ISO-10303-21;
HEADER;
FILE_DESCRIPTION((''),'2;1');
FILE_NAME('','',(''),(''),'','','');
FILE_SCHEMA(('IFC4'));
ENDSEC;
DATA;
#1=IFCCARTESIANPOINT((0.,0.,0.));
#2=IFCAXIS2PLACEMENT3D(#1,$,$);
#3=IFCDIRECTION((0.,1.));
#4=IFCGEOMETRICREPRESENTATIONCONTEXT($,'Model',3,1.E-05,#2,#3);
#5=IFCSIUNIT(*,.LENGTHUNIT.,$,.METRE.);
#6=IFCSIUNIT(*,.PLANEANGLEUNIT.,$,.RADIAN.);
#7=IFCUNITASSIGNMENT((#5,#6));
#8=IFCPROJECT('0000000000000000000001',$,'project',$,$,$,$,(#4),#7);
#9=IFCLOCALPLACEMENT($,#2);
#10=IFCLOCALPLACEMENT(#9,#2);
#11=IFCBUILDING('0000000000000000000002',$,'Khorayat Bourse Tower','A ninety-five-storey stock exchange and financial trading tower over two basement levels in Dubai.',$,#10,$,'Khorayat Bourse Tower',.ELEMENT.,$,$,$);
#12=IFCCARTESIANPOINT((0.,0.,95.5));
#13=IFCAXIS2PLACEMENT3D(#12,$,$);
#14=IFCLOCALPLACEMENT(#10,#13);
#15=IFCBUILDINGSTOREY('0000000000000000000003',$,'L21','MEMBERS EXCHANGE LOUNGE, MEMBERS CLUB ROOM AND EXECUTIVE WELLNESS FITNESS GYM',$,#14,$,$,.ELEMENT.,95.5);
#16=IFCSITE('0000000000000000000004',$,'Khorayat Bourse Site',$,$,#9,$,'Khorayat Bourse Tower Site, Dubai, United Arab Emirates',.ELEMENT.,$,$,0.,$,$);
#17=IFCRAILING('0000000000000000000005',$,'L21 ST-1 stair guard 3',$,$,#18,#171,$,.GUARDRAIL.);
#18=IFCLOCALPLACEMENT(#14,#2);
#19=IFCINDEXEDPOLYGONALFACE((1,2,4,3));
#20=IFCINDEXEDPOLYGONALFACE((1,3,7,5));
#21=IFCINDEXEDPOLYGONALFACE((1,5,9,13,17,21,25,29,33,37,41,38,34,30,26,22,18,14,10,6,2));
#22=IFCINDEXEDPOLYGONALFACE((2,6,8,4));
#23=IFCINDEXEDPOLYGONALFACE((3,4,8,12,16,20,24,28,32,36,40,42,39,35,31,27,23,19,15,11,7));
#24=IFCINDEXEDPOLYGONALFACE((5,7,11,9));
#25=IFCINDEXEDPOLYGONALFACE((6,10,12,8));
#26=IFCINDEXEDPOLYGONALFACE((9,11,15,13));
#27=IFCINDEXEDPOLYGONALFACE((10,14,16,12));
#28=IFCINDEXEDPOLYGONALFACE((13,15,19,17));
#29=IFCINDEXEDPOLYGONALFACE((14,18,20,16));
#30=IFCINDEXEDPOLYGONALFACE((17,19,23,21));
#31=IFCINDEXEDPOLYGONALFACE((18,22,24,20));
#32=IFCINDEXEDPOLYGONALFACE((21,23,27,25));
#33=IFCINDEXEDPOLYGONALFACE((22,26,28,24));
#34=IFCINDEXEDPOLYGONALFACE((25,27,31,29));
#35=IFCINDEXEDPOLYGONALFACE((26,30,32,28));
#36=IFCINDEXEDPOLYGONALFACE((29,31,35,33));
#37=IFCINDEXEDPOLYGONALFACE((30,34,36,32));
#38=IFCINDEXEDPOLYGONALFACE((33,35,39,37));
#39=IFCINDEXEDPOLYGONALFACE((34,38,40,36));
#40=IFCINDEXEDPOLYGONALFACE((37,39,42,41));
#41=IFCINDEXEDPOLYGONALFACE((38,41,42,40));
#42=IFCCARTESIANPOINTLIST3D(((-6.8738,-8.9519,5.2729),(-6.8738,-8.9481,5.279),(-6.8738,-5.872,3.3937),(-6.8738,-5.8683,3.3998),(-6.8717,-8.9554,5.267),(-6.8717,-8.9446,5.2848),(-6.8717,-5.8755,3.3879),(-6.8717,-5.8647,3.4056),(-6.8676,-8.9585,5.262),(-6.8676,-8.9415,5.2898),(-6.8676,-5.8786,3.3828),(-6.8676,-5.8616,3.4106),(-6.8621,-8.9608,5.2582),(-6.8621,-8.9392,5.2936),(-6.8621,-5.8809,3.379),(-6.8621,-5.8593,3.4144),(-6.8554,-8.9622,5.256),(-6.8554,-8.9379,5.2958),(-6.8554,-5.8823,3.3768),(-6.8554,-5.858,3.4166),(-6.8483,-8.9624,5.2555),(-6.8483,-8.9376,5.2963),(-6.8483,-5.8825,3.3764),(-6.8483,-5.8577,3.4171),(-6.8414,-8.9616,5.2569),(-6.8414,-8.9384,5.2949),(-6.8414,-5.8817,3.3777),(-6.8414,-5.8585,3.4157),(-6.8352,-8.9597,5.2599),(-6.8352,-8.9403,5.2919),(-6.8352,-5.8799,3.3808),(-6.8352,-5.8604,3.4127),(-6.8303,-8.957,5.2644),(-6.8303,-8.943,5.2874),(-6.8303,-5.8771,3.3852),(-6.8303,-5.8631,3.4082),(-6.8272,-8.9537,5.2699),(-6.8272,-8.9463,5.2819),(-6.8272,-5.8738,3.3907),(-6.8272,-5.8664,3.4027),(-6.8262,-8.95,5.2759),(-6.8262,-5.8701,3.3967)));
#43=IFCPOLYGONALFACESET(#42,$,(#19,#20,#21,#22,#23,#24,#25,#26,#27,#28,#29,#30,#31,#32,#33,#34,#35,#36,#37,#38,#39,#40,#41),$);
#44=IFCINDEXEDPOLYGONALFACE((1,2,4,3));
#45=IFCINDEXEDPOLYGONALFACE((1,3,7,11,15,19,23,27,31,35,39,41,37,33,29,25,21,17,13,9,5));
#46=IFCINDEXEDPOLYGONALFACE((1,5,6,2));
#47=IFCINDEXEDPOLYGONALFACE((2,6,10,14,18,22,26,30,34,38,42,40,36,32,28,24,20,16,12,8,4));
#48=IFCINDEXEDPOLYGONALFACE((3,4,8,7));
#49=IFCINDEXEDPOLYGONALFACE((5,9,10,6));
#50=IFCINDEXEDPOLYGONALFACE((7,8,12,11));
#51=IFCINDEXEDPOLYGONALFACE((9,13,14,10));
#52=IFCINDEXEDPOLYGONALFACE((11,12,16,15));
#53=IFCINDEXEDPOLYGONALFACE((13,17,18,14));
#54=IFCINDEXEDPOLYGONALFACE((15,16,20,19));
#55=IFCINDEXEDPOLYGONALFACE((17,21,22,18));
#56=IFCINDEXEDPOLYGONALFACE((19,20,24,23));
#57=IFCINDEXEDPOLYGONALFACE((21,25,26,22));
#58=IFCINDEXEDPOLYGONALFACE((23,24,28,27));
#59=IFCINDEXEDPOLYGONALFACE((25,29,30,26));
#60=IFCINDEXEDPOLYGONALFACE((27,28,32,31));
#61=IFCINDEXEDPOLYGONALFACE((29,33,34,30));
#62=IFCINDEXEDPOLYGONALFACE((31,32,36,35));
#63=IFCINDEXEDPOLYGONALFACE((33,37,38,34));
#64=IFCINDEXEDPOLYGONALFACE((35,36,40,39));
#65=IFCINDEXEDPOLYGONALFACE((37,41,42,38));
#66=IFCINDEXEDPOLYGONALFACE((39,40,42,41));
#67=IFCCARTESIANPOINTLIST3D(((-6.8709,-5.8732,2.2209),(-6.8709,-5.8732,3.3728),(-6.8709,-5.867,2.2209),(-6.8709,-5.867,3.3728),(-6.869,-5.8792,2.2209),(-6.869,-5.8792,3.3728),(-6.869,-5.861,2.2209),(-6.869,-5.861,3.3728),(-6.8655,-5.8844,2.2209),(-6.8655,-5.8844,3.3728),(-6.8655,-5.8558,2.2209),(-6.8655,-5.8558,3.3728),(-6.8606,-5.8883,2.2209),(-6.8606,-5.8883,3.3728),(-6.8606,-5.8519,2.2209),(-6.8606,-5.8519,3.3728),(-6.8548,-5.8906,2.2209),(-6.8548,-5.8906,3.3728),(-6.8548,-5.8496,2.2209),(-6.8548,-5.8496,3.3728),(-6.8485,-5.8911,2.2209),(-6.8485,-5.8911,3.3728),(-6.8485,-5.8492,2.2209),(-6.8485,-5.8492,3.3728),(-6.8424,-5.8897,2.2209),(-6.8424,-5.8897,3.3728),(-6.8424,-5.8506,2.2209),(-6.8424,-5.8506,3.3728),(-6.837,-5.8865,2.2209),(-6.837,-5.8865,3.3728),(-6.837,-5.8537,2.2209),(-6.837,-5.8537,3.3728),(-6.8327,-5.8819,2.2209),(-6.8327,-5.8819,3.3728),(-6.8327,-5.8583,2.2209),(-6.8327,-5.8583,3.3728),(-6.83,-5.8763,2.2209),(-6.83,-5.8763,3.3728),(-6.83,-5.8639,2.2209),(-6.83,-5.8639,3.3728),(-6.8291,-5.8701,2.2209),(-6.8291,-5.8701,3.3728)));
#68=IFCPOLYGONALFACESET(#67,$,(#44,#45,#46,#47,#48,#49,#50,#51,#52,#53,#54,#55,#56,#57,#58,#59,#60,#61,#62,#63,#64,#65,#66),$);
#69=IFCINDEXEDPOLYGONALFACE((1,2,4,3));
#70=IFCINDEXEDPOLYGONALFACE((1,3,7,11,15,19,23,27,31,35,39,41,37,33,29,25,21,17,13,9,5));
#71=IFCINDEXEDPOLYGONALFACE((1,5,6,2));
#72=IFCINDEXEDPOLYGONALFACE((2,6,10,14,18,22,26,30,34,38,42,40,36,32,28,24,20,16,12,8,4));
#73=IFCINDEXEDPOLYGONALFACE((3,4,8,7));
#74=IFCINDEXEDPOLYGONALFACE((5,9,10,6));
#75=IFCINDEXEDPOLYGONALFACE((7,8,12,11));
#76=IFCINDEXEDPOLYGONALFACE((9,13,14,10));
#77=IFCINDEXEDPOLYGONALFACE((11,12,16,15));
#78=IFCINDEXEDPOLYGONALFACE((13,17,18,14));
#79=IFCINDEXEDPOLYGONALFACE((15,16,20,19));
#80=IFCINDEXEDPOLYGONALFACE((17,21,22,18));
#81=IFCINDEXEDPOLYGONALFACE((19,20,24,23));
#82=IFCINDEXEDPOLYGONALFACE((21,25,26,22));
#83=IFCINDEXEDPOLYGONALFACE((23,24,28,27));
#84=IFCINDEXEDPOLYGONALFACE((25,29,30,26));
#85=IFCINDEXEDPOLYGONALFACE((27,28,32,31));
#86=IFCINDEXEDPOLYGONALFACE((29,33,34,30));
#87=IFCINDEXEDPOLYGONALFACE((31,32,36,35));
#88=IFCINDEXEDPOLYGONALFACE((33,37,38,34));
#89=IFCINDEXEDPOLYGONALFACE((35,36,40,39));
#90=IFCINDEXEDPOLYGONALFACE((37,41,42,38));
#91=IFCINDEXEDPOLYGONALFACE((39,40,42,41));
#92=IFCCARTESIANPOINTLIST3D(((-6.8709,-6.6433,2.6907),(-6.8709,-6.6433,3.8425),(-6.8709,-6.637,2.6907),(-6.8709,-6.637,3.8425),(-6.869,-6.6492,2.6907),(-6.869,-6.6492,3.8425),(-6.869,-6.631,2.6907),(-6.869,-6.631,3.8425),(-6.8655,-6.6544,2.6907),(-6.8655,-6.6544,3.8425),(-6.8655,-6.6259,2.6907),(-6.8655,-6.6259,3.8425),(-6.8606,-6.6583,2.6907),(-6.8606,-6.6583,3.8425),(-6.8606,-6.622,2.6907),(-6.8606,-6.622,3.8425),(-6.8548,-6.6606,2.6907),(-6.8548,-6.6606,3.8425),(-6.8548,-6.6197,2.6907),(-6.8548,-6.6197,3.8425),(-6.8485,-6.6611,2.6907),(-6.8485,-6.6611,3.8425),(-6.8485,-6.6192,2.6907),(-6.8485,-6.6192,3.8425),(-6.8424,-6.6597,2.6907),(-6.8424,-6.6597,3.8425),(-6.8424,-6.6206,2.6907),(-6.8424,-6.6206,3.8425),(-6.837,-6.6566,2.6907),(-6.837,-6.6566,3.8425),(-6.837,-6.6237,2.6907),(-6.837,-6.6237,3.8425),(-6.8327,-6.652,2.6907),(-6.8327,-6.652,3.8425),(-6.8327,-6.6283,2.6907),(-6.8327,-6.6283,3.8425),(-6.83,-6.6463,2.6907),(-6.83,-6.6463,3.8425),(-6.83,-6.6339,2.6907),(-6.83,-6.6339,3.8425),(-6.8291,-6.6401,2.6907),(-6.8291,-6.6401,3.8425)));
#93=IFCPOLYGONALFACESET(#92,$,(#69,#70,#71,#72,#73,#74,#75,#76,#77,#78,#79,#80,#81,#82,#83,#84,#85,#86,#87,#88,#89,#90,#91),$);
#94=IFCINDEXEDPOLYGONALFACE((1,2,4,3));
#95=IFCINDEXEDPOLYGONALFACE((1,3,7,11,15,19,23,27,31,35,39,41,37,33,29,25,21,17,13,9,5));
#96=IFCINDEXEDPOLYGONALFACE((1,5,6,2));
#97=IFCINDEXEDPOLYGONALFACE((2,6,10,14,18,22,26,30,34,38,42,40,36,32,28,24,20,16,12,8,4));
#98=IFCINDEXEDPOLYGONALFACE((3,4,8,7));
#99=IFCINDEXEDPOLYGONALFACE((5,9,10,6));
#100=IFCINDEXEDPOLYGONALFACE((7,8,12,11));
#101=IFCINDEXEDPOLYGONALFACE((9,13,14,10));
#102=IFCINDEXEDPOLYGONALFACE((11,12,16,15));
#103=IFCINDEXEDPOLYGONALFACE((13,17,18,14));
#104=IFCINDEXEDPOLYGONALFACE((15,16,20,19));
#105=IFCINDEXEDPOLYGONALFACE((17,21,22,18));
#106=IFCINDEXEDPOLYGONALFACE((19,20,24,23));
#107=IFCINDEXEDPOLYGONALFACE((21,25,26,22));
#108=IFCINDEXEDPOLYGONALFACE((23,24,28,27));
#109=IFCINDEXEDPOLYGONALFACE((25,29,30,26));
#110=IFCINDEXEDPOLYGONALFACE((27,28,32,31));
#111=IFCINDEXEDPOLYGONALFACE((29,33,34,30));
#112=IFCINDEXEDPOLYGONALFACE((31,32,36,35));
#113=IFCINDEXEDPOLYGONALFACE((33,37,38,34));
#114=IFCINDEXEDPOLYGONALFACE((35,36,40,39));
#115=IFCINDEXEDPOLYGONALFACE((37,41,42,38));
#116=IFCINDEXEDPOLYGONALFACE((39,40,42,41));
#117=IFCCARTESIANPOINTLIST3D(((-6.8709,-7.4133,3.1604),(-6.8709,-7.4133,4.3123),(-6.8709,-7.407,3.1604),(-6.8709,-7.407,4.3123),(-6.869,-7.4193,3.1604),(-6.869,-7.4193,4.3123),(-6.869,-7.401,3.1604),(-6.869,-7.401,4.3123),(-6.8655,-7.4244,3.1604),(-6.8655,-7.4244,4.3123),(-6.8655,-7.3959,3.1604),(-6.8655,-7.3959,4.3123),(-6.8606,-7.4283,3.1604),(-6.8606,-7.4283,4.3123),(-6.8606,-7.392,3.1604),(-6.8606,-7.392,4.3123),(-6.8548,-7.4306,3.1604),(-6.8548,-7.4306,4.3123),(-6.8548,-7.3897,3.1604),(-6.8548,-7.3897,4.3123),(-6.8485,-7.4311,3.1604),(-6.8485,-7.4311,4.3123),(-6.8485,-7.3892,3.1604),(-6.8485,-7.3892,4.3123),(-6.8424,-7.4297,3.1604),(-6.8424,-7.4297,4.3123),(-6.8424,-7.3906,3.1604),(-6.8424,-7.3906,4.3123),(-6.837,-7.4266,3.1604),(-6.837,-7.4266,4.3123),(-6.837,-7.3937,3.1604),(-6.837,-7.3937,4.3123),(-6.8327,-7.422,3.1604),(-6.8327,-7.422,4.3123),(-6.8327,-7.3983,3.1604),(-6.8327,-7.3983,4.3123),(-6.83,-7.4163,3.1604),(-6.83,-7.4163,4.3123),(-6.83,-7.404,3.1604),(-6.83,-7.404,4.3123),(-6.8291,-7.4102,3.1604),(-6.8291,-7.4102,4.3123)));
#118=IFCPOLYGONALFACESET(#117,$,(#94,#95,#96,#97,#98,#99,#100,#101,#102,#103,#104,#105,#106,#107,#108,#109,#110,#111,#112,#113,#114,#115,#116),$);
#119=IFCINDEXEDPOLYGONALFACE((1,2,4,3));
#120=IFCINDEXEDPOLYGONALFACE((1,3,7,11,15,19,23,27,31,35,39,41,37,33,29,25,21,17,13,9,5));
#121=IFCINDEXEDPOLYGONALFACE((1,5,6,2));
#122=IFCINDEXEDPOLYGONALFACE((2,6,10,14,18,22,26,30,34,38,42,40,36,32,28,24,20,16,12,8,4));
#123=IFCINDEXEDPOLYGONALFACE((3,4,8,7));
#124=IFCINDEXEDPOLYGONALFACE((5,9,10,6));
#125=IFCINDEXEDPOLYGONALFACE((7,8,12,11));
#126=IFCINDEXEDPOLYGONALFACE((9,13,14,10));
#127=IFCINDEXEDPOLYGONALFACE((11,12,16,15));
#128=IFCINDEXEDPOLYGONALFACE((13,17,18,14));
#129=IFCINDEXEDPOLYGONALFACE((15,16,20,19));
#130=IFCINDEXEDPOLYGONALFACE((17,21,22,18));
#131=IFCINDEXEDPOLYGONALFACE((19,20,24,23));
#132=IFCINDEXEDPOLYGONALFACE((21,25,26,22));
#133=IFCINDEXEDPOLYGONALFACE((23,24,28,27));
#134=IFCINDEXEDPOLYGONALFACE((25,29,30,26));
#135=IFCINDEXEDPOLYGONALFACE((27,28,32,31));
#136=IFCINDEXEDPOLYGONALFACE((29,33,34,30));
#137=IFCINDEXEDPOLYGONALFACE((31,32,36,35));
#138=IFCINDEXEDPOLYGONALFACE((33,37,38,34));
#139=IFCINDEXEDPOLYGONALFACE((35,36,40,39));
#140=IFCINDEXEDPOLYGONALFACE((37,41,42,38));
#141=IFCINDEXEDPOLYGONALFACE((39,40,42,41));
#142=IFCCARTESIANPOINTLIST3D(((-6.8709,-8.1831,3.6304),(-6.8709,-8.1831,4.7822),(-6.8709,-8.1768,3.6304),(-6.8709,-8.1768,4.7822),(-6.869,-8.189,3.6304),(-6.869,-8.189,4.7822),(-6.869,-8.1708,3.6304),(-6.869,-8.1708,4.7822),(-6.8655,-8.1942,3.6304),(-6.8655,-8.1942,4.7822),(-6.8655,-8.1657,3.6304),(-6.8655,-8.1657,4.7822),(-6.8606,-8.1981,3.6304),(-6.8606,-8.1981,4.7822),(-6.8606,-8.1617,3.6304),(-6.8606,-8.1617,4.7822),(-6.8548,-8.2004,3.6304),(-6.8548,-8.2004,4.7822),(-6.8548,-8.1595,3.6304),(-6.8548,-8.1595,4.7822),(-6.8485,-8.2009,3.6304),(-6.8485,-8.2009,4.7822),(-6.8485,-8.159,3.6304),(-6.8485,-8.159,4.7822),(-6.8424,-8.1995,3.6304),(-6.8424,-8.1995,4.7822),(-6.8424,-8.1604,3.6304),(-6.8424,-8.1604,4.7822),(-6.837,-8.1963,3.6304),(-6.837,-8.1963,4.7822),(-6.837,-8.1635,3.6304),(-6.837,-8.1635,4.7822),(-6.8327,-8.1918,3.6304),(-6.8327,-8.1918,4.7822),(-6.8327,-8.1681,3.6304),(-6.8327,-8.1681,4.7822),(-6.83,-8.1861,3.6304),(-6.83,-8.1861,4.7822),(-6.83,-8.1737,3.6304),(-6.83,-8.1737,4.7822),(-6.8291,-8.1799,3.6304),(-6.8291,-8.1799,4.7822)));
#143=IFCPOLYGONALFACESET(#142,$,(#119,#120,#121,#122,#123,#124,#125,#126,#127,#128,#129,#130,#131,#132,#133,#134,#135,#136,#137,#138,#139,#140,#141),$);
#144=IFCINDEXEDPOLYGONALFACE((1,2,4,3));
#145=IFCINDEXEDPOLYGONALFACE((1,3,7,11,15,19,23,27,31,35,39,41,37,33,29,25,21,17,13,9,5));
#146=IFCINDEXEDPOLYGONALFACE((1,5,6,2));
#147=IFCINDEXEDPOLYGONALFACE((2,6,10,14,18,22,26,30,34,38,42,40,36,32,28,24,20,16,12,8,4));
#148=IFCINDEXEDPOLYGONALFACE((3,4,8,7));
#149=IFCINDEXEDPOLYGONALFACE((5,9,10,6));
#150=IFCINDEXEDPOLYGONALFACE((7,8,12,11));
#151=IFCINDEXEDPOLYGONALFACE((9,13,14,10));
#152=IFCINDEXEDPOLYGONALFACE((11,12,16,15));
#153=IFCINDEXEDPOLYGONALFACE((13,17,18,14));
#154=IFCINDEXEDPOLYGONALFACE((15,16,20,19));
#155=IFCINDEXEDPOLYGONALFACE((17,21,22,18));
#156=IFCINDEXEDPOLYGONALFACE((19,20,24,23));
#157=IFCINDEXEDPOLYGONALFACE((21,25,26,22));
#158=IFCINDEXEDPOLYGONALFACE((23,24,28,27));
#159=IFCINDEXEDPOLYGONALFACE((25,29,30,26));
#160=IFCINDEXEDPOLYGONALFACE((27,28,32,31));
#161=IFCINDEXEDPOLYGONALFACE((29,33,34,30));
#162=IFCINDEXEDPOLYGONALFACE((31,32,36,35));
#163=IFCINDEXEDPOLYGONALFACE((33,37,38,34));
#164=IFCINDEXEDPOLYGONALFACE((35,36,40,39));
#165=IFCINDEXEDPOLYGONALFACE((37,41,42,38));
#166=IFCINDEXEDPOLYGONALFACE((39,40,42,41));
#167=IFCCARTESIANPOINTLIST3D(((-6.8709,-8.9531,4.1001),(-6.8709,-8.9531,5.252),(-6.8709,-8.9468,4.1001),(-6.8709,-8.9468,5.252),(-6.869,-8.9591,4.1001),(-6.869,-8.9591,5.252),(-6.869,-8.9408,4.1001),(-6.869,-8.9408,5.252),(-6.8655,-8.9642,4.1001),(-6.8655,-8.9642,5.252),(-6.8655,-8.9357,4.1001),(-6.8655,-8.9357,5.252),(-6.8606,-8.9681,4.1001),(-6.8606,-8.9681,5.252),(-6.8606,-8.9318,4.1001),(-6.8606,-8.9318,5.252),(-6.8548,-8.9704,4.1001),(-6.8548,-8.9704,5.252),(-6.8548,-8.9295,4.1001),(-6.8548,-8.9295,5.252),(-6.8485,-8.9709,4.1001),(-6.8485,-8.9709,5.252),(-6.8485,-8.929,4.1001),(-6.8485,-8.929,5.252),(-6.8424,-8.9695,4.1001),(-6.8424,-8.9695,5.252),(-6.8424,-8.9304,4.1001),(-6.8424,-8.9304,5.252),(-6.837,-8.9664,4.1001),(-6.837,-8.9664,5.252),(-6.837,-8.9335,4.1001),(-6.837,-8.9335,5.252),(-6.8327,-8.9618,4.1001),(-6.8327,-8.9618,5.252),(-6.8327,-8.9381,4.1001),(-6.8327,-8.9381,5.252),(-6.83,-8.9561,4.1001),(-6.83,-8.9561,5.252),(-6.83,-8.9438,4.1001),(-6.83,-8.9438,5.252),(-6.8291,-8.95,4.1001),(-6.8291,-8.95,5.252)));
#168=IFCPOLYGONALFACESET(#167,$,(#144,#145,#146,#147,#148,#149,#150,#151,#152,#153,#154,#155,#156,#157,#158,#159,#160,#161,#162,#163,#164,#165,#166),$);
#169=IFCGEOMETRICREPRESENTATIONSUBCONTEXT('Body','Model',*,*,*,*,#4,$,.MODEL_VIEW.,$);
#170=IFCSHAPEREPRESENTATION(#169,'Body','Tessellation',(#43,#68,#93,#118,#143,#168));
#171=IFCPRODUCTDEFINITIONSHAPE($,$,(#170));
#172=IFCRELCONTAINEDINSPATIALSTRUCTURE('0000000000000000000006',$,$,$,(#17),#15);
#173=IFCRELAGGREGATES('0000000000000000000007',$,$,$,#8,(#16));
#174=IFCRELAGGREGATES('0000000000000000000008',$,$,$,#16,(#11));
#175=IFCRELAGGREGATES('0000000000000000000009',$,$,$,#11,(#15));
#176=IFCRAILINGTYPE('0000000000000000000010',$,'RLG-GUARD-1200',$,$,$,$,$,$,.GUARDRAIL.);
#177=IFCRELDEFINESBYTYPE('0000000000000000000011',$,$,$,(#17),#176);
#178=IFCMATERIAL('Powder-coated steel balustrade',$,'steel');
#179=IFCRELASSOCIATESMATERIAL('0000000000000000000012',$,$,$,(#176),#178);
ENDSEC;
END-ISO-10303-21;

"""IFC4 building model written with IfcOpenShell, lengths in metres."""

from ifc_helpers import new_model, si_unit, direction, frame, origin, origin_2d, place, context, subcontext, project, spatial, circle, extrude, source, transform, mapped, material, type_object, element, save


model = new_model("IFC4")

# Units and contexts
model_context = context("Model", 3, precision=1e-05, world=origin(), true_north=direction((0.0, 1.0)))
body_context = subcontext(model_context, "Body", "Model", "MODEL_VIEW")
ifc_project = project(units=[si_unit("LENGTHUNIT", "METRE"), si_unit("PLANEANGLEUNIT", "RADIAN")], contexts=[model_context])

# Site, building, storey
site_placement = place(None, origin())
site = spatial("IfcSite", under=ifc_project, at=site_placement, Name="Khorayat Bourse Site", LongName="Khorayat Bourse Tower Site, Dubai, United Arab Emirates", CompositionType="ELEMENT", RefElevation=0.0)
building_placement = place(site_placement, origin())
building = spatial("IfcBuilding", under=site, at=building_placement, Name="Khorayat Bourse Tower", Description="A ninety-five-storey stock exchange and financial trading tower over two basement levels in Dubai.", LongName="Khorayat Bourse Tower", CompositionType="ELEMENT")
storey_placement = place(building_placement, frame((0.0, 0.0, 95.5)))
storey = spatial("IfcBuildingStorey", under=building, at=storey_placement, Name="L21", Description="MEMBERS EXCHANGE LOUNGE, MEMBERS CLUB ROOM AND EXECUTIVE WELLNESS FITNESS GYM", CompositionType="ELEMENT", Elevation=95.5)

# Railing
ifc_material_1 = material(Name="Powder-coated steel balustrade", Category="steel")
railing_type_1 = type_object("IfcRailingType", Name="RLG-GUARD-1200", PredefinedType="GUARDRAIL", material=ifc_material_1)
shared_shape_1 = source(origin(), body_context, "Body", "SweptSolid", [
    extrude(circle(Radius=0.0239, at=origin_2d()), frame((0.0, 0.0, 1.1758), z_axis=(0.0, -0.853648, 0.52085), x_axis=(1.0, 0.0, 0.0)), (0.0, 0.0, 1.0), 3.6079),
    extrude(circle(Radius=0.021, at=origin_2d()), origin(), (0.0, 0.0, 1.0), 1.1519),
    extrude(circle(Radius=0.021, at=origin_2d()), frame((0.0, -0.77, 0.4697)), (0.0, 0.0, 1.0), 1.1519),
    extrude(circle(Radius=0.021, at=origin_2d()), frame((0.0, -1.54, 0.9395)), (0.0, 0.0, 1.0), 1.1519),
    extrude(circle(Radius=0.021, at=origin_2d()), frame((0.0, -2.3098, 1.4094)), (0.0, 0.0, 1.0), 1.1519),
    extrude(circle(Radius=0.021, at=origin_2d()), frame((0.0, -3.0798, 1.8792)), (0.0, 0.0, 1.0), 1.1519),
])
railing_1_placement = place(storey_placement, frame((-6.8501, -5.8701, 2.2209)))
element("IfcRailing", 1, at=railing_1_placement, inside=storey, type_object=railing_type_1, Name="L21 ST-1 stair guard 3", PredefinedType="GUARDRAIL", context=body_context, shape_type="MappedRepresentation", body=[
    mapped(shared_shape_1, transform((0.0, 0.0, 0.0), scale=1.0)),
])

save(model, "model.ifc")
